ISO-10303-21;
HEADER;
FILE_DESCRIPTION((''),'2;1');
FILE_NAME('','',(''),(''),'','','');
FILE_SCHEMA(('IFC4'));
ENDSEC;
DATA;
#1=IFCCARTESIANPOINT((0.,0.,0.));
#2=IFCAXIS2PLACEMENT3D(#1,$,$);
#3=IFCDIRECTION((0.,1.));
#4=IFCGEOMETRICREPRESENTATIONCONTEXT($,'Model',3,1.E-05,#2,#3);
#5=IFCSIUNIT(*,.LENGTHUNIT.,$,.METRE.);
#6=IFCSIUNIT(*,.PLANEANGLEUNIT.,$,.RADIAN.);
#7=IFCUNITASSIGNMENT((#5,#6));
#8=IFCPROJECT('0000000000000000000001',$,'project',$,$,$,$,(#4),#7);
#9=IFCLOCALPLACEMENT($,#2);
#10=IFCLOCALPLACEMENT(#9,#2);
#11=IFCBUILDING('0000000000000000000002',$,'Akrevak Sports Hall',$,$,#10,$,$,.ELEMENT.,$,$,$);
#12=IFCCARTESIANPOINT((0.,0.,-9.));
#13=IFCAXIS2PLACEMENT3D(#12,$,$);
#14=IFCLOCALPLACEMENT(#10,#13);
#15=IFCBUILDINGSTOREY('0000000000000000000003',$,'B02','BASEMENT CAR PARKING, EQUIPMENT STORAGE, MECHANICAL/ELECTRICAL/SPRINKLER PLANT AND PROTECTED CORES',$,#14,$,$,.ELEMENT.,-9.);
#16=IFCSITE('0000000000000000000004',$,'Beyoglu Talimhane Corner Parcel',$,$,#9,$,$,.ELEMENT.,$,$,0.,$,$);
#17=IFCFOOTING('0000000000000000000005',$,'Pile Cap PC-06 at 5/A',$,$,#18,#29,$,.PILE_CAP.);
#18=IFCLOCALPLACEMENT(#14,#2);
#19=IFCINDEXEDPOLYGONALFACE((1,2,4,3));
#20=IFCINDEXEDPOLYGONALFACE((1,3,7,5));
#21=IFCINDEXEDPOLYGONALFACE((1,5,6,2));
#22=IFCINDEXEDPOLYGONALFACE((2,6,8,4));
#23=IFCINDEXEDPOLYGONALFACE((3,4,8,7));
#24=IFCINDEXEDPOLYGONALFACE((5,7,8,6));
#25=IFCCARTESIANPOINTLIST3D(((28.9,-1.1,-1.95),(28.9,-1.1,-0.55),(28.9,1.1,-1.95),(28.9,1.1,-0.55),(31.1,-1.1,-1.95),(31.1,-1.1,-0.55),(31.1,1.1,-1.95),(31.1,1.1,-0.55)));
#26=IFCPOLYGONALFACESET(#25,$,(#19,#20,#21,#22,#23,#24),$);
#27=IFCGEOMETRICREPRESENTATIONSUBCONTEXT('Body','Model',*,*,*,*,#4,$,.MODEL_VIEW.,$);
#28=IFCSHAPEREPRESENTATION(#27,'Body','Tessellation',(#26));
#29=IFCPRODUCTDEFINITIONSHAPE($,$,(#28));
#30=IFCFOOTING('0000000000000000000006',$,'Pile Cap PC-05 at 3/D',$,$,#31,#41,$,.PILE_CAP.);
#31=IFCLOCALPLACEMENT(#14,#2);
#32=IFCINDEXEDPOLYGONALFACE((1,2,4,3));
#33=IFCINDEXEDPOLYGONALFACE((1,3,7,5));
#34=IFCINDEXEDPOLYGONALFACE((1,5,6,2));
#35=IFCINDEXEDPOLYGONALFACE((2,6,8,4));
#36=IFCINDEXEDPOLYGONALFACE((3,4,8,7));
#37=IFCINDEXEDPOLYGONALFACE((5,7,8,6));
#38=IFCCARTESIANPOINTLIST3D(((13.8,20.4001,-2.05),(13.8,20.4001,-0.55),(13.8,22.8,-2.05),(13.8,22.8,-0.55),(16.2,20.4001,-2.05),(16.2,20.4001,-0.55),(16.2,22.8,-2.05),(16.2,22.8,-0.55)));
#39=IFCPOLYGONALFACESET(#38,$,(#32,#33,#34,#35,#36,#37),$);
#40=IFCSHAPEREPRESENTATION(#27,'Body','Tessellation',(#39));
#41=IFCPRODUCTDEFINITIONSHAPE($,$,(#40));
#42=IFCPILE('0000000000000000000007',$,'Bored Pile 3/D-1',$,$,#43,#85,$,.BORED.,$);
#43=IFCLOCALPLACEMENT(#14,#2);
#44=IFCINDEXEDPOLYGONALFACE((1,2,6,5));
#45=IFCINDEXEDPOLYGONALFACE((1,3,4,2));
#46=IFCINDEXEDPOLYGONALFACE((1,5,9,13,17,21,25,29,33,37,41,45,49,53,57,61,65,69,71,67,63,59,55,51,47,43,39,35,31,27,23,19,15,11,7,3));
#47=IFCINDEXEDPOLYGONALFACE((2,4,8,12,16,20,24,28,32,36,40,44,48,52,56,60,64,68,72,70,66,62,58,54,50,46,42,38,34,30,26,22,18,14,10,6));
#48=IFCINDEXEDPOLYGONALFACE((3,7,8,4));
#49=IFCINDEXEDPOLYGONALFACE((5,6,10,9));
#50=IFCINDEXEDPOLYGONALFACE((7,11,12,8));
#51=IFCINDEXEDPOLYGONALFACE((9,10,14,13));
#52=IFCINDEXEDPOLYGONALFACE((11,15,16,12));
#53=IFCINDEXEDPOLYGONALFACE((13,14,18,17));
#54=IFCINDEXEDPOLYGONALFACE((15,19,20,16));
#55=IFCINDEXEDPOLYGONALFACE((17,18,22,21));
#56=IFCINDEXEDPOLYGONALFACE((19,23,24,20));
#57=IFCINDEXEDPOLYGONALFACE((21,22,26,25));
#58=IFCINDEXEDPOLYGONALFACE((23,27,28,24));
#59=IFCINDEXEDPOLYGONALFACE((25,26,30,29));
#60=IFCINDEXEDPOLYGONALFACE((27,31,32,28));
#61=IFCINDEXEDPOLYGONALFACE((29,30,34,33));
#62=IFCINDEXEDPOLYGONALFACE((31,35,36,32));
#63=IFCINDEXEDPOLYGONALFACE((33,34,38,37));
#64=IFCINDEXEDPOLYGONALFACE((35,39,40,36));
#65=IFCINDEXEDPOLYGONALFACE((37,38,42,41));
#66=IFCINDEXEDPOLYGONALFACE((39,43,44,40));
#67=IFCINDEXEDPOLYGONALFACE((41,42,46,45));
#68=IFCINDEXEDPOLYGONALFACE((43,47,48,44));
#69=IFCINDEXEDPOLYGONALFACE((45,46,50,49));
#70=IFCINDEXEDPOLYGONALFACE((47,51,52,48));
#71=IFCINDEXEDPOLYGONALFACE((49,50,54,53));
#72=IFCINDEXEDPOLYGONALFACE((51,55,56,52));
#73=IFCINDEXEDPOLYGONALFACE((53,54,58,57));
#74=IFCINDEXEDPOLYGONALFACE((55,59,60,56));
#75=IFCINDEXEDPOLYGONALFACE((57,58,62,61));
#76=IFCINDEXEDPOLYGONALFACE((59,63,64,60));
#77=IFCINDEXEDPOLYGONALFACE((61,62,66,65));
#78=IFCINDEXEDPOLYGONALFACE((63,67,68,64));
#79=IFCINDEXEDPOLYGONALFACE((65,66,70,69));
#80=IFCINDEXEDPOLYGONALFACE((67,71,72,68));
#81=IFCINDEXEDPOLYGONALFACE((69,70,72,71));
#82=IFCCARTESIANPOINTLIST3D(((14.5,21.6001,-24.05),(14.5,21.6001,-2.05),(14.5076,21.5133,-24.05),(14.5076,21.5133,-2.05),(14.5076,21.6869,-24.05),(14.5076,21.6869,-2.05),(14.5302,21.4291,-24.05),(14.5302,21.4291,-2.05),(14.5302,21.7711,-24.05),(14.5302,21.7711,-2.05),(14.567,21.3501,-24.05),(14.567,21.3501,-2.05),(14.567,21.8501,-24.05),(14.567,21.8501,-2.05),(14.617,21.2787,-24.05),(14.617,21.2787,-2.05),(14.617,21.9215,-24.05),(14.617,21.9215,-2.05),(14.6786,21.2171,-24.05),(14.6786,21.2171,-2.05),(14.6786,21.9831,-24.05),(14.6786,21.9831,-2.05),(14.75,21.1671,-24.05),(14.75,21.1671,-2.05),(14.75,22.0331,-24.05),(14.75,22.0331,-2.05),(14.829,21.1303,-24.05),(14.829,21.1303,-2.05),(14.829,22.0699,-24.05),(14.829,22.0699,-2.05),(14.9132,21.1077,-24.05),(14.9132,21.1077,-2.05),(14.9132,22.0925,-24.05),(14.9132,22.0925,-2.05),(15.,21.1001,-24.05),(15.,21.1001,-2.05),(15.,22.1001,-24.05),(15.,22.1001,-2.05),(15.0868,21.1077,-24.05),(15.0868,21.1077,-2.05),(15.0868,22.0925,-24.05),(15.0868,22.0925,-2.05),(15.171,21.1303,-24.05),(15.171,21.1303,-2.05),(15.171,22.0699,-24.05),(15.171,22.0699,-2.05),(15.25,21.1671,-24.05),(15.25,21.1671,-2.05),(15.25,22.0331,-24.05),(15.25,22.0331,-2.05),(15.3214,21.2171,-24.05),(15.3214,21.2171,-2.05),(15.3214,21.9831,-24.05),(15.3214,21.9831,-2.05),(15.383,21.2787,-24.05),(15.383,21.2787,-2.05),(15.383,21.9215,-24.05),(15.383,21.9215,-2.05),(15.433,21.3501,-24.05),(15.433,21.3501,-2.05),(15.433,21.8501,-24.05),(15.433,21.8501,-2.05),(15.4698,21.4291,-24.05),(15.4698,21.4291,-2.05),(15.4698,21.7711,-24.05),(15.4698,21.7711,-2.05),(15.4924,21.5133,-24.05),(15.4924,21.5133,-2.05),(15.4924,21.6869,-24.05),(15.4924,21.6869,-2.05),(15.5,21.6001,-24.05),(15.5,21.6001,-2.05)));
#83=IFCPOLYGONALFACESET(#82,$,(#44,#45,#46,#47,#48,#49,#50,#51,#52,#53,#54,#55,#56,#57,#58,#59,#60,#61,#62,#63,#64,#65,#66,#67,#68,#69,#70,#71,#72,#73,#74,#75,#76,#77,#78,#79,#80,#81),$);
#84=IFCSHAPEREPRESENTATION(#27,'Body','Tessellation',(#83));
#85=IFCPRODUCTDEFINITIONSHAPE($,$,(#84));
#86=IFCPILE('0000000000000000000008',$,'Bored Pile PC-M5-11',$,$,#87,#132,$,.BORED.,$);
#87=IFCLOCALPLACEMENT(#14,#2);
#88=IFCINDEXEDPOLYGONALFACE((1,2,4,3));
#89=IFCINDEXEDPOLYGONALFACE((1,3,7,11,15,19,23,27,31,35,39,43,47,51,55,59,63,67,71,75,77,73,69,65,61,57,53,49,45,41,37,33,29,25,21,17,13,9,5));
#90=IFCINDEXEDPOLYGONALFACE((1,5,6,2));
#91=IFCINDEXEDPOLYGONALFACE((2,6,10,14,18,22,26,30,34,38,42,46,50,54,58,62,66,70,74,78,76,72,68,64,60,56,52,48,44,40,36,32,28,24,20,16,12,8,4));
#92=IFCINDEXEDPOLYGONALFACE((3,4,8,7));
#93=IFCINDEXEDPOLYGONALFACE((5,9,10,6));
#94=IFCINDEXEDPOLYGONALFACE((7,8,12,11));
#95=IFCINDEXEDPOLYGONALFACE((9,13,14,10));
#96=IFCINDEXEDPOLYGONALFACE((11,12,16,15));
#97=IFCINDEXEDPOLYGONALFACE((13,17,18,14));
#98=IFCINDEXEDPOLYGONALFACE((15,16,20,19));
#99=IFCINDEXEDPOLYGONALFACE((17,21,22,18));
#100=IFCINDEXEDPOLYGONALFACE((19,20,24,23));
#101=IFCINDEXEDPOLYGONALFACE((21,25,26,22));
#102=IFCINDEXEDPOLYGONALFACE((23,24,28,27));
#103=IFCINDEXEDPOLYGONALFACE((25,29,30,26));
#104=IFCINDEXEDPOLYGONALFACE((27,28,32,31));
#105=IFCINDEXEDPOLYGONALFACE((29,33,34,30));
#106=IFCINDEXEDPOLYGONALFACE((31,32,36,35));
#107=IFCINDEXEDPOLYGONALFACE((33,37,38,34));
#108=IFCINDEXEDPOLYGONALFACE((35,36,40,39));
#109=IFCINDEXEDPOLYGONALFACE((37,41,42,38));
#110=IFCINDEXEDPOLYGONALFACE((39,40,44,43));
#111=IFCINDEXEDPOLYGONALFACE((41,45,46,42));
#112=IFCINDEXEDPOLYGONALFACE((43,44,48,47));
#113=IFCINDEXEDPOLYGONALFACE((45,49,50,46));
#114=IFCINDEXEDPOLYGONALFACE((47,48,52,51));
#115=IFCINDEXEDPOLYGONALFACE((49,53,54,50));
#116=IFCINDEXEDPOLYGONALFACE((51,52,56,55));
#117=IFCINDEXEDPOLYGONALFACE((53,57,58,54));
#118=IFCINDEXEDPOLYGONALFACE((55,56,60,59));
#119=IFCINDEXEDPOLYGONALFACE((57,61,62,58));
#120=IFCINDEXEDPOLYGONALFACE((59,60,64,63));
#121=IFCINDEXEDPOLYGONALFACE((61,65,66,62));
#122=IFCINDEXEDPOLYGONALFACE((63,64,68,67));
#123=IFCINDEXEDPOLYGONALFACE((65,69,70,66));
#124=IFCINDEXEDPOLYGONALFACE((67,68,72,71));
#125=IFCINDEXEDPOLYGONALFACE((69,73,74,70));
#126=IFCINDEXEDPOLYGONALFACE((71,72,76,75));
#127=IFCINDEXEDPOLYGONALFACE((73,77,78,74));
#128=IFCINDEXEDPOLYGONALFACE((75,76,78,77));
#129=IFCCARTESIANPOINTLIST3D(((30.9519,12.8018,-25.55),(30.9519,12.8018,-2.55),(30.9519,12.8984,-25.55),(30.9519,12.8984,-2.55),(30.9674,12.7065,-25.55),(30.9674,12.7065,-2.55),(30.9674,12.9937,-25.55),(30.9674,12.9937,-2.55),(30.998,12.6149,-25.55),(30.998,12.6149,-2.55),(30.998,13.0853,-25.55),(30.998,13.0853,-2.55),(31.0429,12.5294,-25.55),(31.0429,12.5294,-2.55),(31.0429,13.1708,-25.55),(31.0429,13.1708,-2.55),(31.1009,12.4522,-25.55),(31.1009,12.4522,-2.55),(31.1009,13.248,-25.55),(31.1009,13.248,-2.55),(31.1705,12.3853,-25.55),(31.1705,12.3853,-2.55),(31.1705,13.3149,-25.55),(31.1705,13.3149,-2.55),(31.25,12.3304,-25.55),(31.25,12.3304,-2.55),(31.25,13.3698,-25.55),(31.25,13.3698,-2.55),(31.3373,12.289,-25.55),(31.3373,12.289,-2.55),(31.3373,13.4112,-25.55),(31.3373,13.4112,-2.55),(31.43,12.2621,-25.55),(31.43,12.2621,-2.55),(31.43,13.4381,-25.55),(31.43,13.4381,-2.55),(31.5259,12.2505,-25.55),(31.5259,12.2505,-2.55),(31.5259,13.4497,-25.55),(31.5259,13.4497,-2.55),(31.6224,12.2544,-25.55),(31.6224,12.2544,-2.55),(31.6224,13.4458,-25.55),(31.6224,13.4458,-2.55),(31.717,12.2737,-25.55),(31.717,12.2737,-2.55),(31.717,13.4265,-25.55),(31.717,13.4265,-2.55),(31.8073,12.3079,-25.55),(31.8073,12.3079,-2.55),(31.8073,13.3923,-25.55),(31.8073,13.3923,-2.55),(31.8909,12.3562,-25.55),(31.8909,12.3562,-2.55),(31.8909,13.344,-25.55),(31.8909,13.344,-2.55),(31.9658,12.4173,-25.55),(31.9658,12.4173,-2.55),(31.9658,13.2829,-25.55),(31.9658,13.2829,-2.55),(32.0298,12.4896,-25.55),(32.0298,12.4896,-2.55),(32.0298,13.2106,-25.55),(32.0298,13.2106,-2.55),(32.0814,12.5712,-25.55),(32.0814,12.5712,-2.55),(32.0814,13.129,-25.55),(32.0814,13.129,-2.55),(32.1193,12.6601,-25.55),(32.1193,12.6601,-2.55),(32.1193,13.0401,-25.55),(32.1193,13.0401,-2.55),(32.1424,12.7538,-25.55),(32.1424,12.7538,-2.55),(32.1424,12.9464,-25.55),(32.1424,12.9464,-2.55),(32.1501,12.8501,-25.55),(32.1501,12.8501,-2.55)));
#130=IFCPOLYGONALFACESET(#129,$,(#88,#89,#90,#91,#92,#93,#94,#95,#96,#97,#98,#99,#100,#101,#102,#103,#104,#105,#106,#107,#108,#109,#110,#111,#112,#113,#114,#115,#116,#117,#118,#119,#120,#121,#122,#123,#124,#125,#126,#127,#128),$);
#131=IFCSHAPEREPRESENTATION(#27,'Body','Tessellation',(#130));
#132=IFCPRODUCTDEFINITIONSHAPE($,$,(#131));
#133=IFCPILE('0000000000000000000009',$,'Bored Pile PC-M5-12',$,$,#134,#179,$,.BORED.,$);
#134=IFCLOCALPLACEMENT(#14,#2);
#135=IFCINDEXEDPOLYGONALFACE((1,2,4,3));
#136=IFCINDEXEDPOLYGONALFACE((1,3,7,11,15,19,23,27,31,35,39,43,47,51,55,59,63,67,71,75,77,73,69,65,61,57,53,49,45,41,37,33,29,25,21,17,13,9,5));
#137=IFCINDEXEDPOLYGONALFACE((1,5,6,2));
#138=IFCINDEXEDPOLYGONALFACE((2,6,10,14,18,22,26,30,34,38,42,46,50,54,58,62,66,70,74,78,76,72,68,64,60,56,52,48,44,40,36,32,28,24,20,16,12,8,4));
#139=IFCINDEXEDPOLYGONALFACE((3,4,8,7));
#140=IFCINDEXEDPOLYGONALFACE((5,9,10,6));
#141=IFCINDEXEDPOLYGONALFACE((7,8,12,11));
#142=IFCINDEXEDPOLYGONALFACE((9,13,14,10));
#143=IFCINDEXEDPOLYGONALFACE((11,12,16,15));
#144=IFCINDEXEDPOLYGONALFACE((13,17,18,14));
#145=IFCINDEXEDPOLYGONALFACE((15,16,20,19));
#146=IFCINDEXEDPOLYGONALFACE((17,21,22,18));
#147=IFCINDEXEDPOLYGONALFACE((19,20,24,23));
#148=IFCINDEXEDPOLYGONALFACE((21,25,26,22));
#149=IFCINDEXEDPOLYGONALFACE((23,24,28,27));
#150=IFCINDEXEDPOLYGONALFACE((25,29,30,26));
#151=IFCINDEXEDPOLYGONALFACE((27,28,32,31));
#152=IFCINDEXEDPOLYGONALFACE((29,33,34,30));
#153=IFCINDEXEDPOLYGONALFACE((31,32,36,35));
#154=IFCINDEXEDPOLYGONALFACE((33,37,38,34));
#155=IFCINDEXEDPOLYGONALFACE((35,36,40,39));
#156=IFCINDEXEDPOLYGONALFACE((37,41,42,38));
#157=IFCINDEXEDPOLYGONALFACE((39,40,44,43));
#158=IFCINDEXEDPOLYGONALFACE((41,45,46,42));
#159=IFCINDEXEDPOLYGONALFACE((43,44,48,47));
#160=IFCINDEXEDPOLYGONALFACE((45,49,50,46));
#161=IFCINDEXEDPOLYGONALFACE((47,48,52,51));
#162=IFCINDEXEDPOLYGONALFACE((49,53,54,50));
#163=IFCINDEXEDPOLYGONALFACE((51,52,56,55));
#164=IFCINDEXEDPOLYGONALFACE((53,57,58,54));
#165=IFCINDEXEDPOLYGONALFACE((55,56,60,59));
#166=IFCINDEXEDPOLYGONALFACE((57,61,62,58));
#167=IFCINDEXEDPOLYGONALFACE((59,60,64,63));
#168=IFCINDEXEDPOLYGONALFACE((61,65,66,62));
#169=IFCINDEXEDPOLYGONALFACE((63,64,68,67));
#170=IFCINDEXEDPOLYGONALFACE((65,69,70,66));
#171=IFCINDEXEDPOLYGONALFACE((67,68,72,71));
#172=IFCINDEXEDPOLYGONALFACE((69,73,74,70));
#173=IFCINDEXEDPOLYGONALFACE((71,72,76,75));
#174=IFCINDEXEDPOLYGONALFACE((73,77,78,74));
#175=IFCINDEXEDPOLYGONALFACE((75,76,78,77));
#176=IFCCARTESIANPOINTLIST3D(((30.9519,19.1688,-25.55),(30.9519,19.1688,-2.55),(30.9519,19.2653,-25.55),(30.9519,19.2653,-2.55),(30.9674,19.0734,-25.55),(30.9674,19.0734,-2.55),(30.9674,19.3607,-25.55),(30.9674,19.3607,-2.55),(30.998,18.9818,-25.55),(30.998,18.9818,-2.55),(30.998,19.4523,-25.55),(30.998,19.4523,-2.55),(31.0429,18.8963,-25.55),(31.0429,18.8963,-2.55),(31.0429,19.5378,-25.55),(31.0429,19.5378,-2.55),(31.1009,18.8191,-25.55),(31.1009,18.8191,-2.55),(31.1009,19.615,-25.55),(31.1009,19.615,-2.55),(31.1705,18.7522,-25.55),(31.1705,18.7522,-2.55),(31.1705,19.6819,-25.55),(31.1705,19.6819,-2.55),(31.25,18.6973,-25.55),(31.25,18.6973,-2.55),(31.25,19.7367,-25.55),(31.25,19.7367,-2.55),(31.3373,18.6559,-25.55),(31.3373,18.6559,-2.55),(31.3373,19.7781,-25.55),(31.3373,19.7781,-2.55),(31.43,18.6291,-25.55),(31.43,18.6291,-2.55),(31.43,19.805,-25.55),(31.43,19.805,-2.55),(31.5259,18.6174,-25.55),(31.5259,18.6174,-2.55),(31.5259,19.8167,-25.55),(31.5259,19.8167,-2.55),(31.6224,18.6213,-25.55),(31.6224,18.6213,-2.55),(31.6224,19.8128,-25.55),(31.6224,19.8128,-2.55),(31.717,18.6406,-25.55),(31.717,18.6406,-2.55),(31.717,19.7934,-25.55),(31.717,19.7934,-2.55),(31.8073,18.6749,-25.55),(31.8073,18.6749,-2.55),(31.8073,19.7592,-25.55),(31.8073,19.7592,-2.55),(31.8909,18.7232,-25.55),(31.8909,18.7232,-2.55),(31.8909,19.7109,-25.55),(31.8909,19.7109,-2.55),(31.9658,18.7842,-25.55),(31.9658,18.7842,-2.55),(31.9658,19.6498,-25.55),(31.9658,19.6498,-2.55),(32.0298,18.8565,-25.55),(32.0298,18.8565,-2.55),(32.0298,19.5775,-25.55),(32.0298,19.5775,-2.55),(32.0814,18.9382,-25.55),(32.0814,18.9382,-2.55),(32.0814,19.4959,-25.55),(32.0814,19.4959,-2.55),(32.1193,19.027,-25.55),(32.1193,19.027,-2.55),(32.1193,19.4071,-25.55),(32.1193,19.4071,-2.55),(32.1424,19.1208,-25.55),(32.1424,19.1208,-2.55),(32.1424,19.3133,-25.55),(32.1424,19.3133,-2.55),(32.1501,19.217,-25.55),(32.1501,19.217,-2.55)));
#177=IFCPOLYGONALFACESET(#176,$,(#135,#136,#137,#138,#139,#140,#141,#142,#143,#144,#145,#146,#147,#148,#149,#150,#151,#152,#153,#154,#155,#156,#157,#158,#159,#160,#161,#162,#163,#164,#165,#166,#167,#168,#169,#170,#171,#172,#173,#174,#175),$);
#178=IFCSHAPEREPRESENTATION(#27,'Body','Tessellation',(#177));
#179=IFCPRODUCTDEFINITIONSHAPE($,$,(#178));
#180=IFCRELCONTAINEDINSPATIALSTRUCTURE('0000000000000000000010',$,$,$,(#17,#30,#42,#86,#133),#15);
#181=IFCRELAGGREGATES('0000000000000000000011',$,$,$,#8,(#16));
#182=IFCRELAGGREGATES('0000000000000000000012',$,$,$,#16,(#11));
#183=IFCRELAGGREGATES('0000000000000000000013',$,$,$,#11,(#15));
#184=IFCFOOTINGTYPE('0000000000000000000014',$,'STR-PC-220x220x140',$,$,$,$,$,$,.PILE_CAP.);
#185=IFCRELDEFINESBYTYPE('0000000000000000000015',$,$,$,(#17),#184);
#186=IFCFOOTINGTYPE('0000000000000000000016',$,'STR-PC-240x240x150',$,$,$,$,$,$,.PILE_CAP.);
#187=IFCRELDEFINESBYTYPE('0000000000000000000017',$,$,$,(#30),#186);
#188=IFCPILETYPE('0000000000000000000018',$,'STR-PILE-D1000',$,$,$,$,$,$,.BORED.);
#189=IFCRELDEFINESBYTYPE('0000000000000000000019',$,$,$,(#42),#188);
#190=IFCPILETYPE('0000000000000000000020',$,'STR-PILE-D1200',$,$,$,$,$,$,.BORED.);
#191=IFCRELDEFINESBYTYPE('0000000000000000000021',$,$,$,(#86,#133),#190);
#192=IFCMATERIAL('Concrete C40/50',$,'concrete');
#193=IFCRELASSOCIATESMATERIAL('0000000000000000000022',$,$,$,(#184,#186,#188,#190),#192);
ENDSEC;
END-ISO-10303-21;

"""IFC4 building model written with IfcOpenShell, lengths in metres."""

from ifc_helpers import new_model, si_unit, direction, frame, origin, origin_2d, place, context, subcontext, project, spatial, rectangle, circle, extrude, material, material_profile, profile_set, type_object, element, save


model = new_model("IFC4")

# Units and contexts
model_context = context("Model", 3, precision=1e-05, world=origin(), true_north=direction((0.0, 1.0)))
body_context = subcontext(model_context, "Body", "Model", "MODEL_VIEW")
ifc_project = project(units=[si_unit("LENGTHUNIT", "METRE"), si_unit("PLANEANGLEUNIT", "RADIAN")], contexts=[model_context])

# Site, building, storey
site_placement = place(None, origin())
site = spatial("IfcSite", under=ifc_project, at=site_placement, Name="Beyoglu Talimhane Corner Parcel", CompositionType="ELEMENT", RefElevation=0.0)
building_placement = place(site_placement, origin())
building = spatial("IfcBuilding", under=site, at=building_placement, Name="Akrevak Sports Hall", CompositionType="ELEMENT")
storey_placement = place(building_placement, frame((0.0, 0.0, -9.0)))
storey = spatial("IfcBuildingStorey", under=building, at=storey_placement, Name="B02", Description="BASEMENT CAR PARKING, EQUIPMENT STORAGE, MECHANICAL/ELECTRICAL/SPRINKLER PLANT AND PROTECTED CORES", CompositionType="ELEMENT", Elevation=-9.0)

# Footings
ifc_material_1 = material(Name="Concrete C40/50", Category="concrete")
footing_type_1 = type_object("IfcFootingType", Name="STR-PC-220x220x140", PredefinedType="PILE_CAP", material=ifc_material_1)
footing_1_placement = place(storey_placement, frame((30.0, 0.0, -1.95), z_axis=(0.0, 0.0, 1.0), x_axis=(1.0, 0.0, 0.0)))
element("IfcFooting", 1, at=footing_1_placement, inside=storey, type_object=footing_type_1, Name="Pile Cap PC-06 at 5/A", PredefinedType="PILE_CAP", context=body_context, shape_type="SweptSolid", body=[
    extrude(rectangle(XDim=2.2, YDim=2.2, at=origin_2d()), origin(), (0.0, 0.0, 1.0), 1.3999),
])
footing_type_2 = type_object("IfcFootingType", Name="STR-PC-240x240x150", PredefinedType="PILE_CAP", material=ifc_material_1)
footing_2_placement = place(storey_placement, frame((15.0, 21.6001, -2.05), z_axis=(0.0, 0.0, 1.0), x_axis=(1.0, 0.0, 0.0)))
element("IfcFooting", 2, at=footing_2_placement, inside=storey, type_object=footing_type_2, Name="Pile Cap PC-05 at 3/D", PredefinedType="PILE_CAP", context=body_context, shape_type="SweptSolid", body=[
    extrude(rectangle(XDim=2.3999, YDim=2.3999, at=origin_2d()), origin(), (0.0, 0.0, 1.0), 1.5),
])

# Piles
ifc_material_profile_1 = material_profile(ifc_material_1, circle(Radius=0.5, at=origin_2d()), Name="BORED PILE D1000", Category="concrete")
ifc_profile_set_1 = profile_set([ifc_material_profile_1], Name="Concrete C40/50")
pile_type_1 = type_object("IfcPileType", Name="STR-PILE-D1000", PredefinedType="BORED", material=ifc_profile_set_1)
pile_placement = place(storey_placement, frame((15.0, 21.6001, -2.05), z_axis=(0.0, 0.0, -1.0), x_axis=(1.0, 0.0, 0.0)))
element("IfcPile", 3, at=pile_placement, inside=storey, type_object=pile_type_1, Name="Bored Pile 3/D-1", PredefinedType="BORED", context=body_context, shape_type="SweptSolid", body=[
    extrude(circle(Radius=0.5, at=origin_2d()), origin(), (0.0, 0.0, 1.0), 22.0),
])
ifc_material_profile_2 = material_profile(ifc_material_1, circle(Radius=0.6001, at=origin_2d()), Name="BORED PILE D1200", Category="concrete")
ifc_profile_set_2 = profile_set([ifc_material_profile_2], Name="Concrete C40/50")
pile_type_2 = type_object("IfcPileType", Name="STR-PILE-D1200", PredefinedType="BORED", material=ifc_profile_set_2)
for number, where, z_axis, x_axis, name in (
    (4, (31.55, 12.8501, -2.55), (0.0, 0.0, -1.0), (1.0, 0.0, 0.0), "Bored Pile PC-M5-11"),
    (5, (31.55, 19.217, -2.55), (0.0, 0.0, -1.0), (1.0, 0.0, 0.0), "Bored Pile PC-M5-12"),
):
    element("IfcPile", number, at=place(storey_placement, frame(where, z_axis=z_axis, x_axis=x_axis)), inside=storey, type_object=pile_type_2, Name=name, PredefinedType="BORED", context=body_context, shape_type="SweptSolid", body=[
        extrude(circle(Radius=0.6001, at=origin_2d()), origin(), (0.0, 0.0, 1.0), 23.0),
    ])

save(model, "model.ifc")
